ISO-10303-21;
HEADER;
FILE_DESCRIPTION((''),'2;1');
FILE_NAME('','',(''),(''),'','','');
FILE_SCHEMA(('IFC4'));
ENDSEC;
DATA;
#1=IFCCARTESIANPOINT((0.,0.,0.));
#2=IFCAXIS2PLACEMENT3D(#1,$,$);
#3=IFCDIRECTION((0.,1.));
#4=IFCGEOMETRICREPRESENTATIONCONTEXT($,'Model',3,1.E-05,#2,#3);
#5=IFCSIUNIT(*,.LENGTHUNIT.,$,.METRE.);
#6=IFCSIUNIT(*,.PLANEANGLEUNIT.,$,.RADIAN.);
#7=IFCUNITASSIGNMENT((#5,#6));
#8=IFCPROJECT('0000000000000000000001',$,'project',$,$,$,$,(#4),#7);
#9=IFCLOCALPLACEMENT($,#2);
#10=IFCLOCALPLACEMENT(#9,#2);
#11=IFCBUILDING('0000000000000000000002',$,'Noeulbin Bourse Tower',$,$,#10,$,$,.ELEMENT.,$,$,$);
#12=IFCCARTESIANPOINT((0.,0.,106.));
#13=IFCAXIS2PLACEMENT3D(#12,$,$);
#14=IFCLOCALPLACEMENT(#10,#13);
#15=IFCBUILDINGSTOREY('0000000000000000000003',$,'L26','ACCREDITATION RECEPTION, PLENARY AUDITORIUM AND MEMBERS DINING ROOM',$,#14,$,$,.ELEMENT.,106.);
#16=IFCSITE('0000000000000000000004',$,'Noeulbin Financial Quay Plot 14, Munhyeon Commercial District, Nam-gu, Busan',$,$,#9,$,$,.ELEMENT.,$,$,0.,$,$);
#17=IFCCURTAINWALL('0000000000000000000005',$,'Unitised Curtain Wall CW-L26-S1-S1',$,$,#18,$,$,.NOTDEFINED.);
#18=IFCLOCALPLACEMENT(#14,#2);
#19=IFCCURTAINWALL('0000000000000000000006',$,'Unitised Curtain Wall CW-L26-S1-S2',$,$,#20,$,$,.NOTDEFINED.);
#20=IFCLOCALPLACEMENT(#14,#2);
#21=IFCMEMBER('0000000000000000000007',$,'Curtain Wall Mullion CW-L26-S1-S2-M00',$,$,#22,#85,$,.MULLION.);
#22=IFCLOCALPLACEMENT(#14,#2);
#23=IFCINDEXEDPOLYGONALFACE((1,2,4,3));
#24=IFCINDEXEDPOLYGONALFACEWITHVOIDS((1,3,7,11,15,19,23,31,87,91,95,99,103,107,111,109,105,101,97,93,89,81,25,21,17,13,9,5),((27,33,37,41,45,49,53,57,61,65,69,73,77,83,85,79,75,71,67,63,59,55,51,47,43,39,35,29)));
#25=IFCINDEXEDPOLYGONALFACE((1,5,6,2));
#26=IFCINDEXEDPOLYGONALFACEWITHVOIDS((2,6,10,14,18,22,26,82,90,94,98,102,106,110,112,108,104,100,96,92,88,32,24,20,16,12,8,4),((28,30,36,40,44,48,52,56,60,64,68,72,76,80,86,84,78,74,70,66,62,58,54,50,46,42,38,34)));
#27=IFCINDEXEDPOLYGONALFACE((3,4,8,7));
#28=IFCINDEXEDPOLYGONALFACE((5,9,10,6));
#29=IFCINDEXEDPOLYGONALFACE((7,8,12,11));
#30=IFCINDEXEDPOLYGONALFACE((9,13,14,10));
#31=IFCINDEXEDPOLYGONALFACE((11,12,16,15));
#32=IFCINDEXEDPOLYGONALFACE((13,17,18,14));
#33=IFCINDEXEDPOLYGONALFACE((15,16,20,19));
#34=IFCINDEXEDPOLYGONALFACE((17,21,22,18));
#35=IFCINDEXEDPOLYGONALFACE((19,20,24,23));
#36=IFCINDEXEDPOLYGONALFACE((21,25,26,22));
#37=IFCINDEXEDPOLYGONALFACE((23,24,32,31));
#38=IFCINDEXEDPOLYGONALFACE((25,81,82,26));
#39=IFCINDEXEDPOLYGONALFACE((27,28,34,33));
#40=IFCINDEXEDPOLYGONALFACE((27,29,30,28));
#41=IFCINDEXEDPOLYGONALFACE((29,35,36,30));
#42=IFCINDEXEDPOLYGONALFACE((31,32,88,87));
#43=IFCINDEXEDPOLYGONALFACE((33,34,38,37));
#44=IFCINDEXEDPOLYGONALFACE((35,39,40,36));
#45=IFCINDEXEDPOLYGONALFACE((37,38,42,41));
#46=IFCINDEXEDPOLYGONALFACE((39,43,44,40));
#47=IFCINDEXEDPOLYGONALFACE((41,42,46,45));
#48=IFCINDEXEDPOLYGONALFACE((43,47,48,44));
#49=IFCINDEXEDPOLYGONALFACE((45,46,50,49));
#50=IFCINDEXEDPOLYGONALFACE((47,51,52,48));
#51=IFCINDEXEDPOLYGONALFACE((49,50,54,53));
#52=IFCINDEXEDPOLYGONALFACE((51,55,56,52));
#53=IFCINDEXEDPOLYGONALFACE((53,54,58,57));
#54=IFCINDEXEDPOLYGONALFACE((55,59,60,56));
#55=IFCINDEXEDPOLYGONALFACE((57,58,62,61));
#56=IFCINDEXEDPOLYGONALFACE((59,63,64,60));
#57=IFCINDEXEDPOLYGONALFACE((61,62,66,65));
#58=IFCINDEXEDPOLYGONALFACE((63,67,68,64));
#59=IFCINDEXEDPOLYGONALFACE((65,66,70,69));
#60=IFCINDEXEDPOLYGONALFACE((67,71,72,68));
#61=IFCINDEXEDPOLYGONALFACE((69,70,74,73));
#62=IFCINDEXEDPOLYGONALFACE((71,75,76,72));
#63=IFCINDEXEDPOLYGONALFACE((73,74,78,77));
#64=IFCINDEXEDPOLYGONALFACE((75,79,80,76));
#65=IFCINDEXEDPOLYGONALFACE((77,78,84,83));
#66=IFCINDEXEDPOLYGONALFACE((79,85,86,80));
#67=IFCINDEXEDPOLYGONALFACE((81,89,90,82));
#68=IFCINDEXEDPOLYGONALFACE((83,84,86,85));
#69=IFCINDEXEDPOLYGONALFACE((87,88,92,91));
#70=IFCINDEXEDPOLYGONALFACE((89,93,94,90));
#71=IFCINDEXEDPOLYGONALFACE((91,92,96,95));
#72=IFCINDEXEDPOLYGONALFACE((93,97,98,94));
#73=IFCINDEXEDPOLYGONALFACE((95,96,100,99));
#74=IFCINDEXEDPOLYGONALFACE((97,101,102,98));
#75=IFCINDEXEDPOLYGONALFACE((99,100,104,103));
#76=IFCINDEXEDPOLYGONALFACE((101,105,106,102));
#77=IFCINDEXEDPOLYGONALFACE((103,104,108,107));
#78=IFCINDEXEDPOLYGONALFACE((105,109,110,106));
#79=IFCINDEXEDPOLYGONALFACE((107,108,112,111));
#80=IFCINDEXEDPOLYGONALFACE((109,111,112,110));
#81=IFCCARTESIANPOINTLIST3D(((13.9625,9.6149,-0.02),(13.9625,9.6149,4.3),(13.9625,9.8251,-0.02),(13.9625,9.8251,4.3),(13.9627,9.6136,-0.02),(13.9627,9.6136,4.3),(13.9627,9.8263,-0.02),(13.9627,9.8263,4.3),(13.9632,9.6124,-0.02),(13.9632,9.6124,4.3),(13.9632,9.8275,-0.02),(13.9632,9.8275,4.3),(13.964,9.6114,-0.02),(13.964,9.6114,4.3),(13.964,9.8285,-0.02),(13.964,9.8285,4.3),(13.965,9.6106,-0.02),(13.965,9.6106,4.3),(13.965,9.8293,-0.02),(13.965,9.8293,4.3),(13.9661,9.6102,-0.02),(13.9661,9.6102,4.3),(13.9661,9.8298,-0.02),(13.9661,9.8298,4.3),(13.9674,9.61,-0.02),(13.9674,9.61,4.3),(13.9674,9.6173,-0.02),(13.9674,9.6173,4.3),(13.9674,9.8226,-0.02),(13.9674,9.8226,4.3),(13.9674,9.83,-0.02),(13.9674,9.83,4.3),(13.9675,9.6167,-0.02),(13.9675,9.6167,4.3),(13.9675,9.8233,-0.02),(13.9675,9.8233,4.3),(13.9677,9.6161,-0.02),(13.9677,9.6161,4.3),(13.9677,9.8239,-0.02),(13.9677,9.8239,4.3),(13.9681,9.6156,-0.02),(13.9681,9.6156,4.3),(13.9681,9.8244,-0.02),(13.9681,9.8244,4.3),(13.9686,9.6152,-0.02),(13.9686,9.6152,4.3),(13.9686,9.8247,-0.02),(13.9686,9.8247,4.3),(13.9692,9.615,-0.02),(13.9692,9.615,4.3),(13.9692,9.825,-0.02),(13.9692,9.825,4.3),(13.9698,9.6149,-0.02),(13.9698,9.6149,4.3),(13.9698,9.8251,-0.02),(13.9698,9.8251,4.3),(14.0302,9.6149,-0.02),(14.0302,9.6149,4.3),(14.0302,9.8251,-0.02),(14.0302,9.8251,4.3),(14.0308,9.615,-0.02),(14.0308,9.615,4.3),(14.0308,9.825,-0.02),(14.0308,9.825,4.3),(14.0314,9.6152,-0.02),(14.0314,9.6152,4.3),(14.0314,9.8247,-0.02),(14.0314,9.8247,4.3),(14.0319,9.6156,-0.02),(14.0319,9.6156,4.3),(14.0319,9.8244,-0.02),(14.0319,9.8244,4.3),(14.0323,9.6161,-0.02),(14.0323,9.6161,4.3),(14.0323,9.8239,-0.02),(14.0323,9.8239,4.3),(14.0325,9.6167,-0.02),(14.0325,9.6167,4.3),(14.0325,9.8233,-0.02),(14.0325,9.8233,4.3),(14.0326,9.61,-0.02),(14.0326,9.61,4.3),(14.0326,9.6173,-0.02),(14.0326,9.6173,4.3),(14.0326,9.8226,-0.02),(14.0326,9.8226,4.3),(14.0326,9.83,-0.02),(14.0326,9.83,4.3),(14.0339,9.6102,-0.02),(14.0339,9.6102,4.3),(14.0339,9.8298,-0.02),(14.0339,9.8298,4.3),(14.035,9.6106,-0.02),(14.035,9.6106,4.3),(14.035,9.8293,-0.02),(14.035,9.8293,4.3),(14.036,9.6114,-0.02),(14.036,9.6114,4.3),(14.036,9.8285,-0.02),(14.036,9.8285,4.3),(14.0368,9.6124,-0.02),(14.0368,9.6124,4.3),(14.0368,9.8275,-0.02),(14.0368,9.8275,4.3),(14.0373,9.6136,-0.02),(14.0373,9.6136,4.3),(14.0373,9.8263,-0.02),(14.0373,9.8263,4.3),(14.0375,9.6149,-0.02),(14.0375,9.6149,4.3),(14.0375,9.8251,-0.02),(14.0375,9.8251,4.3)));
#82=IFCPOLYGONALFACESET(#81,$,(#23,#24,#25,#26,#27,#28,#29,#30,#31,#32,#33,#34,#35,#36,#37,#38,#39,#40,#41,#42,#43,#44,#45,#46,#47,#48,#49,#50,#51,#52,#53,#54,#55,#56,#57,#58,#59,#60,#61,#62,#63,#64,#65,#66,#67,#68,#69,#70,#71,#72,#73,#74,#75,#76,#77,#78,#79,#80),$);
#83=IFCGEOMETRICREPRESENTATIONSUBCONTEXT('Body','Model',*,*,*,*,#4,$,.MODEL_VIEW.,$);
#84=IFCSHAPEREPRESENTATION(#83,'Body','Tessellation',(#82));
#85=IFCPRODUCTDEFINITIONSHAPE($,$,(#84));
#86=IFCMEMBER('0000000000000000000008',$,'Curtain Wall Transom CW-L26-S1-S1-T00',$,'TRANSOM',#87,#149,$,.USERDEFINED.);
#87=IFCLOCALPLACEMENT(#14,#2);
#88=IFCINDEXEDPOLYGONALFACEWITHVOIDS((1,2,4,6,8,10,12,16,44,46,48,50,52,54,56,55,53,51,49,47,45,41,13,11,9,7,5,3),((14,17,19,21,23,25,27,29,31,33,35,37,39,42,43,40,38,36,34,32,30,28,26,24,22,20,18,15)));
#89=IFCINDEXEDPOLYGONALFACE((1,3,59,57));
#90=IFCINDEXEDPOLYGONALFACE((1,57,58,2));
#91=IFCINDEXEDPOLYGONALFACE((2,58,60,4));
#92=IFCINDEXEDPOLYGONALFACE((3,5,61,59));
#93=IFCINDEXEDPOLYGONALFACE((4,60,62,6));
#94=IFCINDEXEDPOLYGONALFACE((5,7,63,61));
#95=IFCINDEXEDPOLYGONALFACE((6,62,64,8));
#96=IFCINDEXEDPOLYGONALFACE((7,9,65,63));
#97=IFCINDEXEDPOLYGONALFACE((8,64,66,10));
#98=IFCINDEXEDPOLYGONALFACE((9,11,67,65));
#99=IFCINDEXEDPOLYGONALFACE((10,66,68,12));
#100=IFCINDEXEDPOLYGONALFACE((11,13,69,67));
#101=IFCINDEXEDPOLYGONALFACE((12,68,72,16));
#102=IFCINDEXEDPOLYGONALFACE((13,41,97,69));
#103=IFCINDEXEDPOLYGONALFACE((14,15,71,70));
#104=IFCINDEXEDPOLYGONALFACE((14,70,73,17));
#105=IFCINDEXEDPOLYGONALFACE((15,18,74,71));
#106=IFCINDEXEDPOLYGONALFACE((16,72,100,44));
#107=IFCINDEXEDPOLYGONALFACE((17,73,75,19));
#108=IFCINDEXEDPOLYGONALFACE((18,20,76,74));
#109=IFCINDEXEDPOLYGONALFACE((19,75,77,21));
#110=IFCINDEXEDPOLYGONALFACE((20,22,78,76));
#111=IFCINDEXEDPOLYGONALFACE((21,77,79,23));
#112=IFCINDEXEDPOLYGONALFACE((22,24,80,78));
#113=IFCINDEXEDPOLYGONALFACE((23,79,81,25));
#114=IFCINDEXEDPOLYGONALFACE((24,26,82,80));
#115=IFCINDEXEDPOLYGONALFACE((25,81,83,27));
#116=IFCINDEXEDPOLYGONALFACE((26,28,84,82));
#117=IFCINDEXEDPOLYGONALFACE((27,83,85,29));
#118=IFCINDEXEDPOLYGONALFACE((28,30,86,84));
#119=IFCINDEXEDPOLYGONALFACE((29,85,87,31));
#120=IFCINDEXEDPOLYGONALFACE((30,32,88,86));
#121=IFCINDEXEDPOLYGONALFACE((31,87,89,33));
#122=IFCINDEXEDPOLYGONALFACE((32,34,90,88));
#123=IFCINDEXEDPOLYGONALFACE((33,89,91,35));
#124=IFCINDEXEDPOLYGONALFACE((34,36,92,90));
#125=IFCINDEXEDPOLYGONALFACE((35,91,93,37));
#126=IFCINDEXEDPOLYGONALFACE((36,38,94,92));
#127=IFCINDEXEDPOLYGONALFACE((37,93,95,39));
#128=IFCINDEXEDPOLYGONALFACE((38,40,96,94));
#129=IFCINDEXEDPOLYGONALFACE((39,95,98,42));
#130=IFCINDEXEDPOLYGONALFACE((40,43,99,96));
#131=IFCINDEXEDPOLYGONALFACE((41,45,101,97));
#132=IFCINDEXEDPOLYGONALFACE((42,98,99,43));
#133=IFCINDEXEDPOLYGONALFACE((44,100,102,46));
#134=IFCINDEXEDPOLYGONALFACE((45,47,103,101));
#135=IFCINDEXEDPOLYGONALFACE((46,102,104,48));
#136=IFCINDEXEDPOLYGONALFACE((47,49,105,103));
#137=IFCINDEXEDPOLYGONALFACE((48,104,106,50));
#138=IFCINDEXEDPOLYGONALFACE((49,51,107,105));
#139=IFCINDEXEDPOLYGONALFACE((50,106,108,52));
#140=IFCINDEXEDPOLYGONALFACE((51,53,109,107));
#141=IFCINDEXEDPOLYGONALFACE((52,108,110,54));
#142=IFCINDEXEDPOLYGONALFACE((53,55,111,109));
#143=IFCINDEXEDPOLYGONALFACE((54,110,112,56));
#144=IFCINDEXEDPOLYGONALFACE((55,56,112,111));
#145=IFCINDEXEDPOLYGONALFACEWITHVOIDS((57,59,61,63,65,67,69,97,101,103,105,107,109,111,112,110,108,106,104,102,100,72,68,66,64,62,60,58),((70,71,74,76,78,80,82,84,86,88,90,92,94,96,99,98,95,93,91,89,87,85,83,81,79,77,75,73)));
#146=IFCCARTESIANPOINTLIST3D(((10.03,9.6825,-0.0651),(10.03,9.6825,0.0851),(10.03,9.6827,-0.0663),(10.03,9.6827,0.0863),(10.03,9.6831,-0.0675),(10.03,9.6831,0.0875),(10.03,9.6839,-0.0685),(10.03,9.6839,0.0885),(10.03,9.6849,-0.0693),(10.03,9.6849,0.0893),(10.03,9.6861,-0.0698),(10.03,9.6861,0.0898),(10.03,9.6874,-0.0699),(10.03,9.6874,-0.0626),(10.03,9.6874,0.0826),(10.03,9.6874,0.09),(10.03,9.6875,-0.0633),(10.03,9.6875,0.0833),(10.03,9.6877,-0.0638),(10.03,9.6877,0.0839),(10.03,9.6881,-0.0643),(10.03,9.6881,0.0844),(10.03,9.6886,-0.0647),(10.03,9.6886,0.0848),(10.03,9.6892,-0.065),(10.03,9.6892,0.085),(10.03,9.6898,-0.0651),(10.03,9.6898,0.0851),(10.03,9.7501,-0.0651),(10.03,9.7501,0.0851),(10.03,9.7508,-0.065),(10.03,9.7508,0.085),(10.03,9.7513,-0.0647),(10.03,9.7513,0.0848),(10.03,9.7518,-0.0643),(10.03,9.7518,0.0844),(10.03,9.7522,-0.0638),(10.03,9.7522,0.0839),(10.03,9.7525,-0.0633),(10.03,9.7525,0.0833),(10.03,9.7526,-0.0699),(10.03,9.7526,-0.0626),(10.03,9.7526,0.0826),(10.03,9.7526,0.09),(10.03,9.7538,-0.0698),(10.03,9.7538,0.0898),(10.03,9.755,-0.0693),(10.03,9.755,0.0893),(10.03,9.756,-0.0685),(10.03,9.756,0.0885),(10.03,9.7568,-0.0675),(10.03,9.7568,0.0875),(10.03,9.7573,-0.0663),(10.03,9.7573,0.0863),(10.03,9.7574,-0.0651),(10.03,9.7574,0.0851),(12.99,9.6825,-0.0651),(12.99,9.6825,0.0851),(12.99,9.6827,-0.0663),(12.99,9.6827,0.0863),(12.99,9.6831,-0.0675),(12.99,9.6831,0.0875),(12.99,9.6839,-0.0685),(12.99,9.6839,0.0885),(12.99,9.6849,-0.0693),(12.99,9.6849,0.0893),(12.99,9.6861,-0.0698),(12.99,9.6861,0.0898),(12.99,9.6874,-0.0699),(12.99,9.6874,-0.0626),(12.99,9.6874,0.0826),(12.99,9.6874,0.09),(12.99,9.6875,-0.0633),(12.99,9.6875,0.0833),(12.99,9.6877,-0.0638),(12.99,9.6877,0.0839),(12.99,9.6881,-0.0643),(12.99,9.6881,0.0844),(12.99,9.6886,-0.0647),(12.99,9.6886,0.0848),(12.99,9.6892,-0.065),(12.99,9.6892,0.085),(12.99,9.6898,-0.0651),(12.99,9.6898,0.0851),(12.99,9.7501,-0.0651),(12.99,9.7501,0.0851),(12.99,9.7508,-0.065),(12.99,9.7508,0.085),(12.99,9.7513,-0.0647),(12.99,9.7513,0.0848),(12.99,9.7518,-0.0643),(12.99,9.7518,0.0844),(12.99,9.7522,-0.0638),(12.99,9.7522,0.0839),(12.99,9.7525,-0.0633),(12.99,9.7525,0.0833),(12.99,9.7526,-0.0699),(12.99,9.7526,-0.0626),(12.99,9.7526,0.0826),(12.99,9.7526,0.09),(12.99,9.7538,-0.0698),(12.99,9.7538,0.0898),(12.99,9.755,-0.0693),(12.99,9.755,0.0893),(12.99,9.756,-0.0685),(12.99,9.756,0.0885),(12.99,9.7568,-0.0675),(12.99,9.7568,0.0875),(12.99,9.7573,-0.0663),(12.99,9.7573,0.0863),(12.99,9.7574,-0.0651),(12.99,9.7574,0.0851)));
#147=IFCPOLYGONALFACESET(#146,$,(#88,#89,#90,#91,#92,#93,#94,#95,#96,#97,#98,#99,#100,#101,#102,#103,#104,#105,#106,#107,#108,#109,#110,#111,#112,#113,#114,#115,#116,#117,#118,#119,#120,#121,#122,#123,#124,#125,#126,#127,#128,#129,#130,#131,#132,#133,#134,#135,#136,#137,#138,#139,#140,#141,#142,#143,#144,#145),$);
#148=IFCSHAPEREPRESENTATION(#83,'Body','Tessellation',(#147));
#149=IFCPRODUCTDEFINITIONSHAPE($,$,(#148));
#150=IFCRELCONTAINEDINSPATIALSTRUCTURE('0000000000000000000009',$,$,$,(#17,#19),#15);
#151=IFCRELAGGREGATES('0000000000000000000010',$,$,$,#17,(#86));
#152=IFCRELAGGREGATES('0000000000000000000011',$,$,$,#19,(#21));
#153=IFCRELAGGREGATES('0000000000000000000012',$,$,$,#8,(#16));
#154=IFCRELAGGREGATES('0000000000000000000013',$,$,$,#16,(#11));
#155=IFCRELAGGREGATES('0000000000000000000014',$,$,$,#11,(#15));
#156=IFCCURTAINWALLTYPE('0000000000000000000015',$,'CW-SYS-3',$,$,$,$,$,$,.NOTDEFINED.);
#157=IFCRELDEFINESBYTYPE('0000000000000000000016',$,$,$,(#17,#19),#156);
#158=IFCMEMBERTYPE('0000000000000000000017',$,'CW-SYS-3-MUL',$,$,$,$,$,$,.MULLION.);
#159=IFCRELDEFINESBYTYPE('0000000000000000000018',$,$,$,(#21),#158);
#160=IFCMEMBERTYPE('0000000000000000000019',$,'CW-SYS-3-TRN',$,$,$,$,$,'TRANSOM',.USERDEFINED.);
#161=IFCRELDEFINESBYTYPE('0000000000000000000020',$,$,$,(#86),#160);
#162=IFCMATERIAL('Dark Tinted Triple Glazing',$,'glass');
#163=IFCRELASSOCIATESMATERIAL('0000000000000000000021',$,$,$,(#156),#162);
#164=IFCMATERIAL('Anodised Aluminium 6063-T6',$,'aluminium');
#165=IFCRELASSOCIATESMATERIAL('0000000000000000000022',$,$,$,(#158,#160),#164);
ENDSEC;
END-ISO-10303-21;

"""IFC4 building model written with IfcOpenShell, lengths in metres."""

from ifc_helpers import new_model, si_unit, direction, frame, origin, origin_2d, place, context, subcontext, project, spatial, hollow_rectangle, extrude, material, material_profile, profile_set, type_object, element, aggregate, save


model = new_model("IFC4")

# Units and contexts
model_context = context("Model", 3, precision=1e-05, world=origin(), true_north=direction((0.0, 1.0)))
body_context = subcontext(model_context, "Body", "Model", "MODEL_VIEW")
ifc_project = project(units=[si_unit("LENGTHUNIT", "METRE"), si_unit("PLANEANGLEUNIT", "RADIAN")], contexts=[model_context])

# Site, building, storey
site_placement = place(None, origin())
site = spatial("IfcSite", under=ifc_project, at=site_placement, Name="Noeulbin Financial Quay Plot 14, Munhyeon Commercial District, Nam-gu, Busan", CompositionType="ELEMENT", RefElevation=0.0)
building_placement = place(site_placement, origin())
building = spatial("IfcBuilding", under=site, at=building_placement, Name="Noeulbin Bourse Tower", CompositionType="ELEMENT")
storey_placement = place(building_placement, frame((0.0, 0.0, 106.0)))
storey = spatial("IfcBuildingStorey", under=building, at=storey_placement, Name="L26", Description="ACCREDITATION RECEPTION, PLENARY AUDITORIUM AND MEMBERS DINING ROOM", CompositionType="ELEMENT", Elevation=106.0)

# Curtain wall
ifc_material_1 = material(Name="Dark Tinted Triple Glazing", Category="glass")
curtain_wall_type = type_object("IfcCurtainWallType", Name="CW-SYS-3", PredefinedType="NOTDEFINED", material=ifc_material_1)
curtain_wall_1_placement = place(storey_placement, origin())
curtain_wall_1 = element("IfcCurtainWall", 1, at=curtain_wall_1_placement, inside=storey, type_object=curtain_wall_type, Name="Unitised Curtain Wall CW-L26-S1-S1", PredefinedType="NOTDEFINED")
ifc_material_2 = material(Name="Anodised Aluminium 6063-T6", Category="aluminium")
ifc_material_profile_1 = material_profile(ifc_material_2, hollow_rectangle(XDim=0.075, YDim=0.22, WallThickness=0.0049, InnerFilletRadius=0.0024, OuterFilletRadius=0.0049, at=origin_2d()), Name="ALU-MULL-75x220x5", Category="LoadBearing")
ifc_profile_set_1 = profile_set([ifc_material_profile_1], Name="Anodised Aluminium 6063-T6")
member_type_1 = type_object("IfcMemberType", Name="CW-SYS-3-MUL", PredefinedType="MULLION", material=ifc_profile_set_1)

# Curtain wall, member
curtain_wall_2_placement = place(storey_placement, origin())
curtain_wall_2 = element("IfcCurtainWall", 2, at=curtain_wall_2_placement, inside=storey, type_object=curtain_wall_type, Name="Unitised Curtain Wall CW-L26-S1-S2", PredefinedType="NOTDEFINED")
member_1_placement = place(storey_placement, frame((14.0, 9.72, -0.02), z_axis=(0.0, 0.0, 1.0), x_axis=(1.0, 0.0, 0.0)))
member_1 = element("IfcMember", 3, at=member_1_placement, type_object=member_type_1, Name="Curtain Wall Mullion CW-L26-S1-S2-M00", PredefinedType="MULLION", context=body_context, shape_type="SweptSolid", body=[
    extrude(hollow_rectangle(XDim=0.075, YDim=0.22, WallThickness=0.0049, InnerFilletRadius=0.0024, OuterFilletRadius=0.0049, at=origin_2d()), origin(), (0.0, 0.0, 1.0), 4.3201),
])

# Member
ifc_material_profile_2 = material_profile(ifc_material_2, hollow_rectangle(XDim=0.075, YDim=0.1599, WallThickness=0.0049, InnerFilletRadius=0.0024, OuterFilletRadius=0.0049, at=origin_2d()), Name="ALU-TRAN-75x160x5", Category="LoadBearing")
ifc_profile_set_2 = profile_set([ifc_material_profile_2], Name="Anodised Aluminium 6063-T6")
member_type_2 = type_object("IfcMemberType", Name="CW-SYS-3-TRN", ElementType="TRANSOM", PredefinedType="USERDEFINED", material=ifc_profile_set_2)
member_2_placement = place(storey_placement, frame((10.03, 9.72, 0.01), z_axis=(1.0, 0.0, 0.0), x_axis=(0.0, 1.0, 0.0)))
member_2 = element("IfcMember", 4, at=member_2_placement, type_object=member_type_2, Name="Curtain Wall Transom CW-L26-S1-S1-T00", ObjectType="TRANSOM", PredefinedType="USERDEFINED", context=body_context, shape_type="SweptSolid", body=[
    extrude(hollow_rectangle(XDim=0.075, YDim=0.1599, WallThickness=0.0049, InnerFilletRadius=0.0024, OuterFilletRadius=0.0049, at=origin_2d()), origin(), (0.0, 0.0, 1.0), 2.96),
])

aggregate(curtain_wall_1, [member_2])
aggregate(curtain_wall_2, [member_1])

save(model, "model.ifc")
